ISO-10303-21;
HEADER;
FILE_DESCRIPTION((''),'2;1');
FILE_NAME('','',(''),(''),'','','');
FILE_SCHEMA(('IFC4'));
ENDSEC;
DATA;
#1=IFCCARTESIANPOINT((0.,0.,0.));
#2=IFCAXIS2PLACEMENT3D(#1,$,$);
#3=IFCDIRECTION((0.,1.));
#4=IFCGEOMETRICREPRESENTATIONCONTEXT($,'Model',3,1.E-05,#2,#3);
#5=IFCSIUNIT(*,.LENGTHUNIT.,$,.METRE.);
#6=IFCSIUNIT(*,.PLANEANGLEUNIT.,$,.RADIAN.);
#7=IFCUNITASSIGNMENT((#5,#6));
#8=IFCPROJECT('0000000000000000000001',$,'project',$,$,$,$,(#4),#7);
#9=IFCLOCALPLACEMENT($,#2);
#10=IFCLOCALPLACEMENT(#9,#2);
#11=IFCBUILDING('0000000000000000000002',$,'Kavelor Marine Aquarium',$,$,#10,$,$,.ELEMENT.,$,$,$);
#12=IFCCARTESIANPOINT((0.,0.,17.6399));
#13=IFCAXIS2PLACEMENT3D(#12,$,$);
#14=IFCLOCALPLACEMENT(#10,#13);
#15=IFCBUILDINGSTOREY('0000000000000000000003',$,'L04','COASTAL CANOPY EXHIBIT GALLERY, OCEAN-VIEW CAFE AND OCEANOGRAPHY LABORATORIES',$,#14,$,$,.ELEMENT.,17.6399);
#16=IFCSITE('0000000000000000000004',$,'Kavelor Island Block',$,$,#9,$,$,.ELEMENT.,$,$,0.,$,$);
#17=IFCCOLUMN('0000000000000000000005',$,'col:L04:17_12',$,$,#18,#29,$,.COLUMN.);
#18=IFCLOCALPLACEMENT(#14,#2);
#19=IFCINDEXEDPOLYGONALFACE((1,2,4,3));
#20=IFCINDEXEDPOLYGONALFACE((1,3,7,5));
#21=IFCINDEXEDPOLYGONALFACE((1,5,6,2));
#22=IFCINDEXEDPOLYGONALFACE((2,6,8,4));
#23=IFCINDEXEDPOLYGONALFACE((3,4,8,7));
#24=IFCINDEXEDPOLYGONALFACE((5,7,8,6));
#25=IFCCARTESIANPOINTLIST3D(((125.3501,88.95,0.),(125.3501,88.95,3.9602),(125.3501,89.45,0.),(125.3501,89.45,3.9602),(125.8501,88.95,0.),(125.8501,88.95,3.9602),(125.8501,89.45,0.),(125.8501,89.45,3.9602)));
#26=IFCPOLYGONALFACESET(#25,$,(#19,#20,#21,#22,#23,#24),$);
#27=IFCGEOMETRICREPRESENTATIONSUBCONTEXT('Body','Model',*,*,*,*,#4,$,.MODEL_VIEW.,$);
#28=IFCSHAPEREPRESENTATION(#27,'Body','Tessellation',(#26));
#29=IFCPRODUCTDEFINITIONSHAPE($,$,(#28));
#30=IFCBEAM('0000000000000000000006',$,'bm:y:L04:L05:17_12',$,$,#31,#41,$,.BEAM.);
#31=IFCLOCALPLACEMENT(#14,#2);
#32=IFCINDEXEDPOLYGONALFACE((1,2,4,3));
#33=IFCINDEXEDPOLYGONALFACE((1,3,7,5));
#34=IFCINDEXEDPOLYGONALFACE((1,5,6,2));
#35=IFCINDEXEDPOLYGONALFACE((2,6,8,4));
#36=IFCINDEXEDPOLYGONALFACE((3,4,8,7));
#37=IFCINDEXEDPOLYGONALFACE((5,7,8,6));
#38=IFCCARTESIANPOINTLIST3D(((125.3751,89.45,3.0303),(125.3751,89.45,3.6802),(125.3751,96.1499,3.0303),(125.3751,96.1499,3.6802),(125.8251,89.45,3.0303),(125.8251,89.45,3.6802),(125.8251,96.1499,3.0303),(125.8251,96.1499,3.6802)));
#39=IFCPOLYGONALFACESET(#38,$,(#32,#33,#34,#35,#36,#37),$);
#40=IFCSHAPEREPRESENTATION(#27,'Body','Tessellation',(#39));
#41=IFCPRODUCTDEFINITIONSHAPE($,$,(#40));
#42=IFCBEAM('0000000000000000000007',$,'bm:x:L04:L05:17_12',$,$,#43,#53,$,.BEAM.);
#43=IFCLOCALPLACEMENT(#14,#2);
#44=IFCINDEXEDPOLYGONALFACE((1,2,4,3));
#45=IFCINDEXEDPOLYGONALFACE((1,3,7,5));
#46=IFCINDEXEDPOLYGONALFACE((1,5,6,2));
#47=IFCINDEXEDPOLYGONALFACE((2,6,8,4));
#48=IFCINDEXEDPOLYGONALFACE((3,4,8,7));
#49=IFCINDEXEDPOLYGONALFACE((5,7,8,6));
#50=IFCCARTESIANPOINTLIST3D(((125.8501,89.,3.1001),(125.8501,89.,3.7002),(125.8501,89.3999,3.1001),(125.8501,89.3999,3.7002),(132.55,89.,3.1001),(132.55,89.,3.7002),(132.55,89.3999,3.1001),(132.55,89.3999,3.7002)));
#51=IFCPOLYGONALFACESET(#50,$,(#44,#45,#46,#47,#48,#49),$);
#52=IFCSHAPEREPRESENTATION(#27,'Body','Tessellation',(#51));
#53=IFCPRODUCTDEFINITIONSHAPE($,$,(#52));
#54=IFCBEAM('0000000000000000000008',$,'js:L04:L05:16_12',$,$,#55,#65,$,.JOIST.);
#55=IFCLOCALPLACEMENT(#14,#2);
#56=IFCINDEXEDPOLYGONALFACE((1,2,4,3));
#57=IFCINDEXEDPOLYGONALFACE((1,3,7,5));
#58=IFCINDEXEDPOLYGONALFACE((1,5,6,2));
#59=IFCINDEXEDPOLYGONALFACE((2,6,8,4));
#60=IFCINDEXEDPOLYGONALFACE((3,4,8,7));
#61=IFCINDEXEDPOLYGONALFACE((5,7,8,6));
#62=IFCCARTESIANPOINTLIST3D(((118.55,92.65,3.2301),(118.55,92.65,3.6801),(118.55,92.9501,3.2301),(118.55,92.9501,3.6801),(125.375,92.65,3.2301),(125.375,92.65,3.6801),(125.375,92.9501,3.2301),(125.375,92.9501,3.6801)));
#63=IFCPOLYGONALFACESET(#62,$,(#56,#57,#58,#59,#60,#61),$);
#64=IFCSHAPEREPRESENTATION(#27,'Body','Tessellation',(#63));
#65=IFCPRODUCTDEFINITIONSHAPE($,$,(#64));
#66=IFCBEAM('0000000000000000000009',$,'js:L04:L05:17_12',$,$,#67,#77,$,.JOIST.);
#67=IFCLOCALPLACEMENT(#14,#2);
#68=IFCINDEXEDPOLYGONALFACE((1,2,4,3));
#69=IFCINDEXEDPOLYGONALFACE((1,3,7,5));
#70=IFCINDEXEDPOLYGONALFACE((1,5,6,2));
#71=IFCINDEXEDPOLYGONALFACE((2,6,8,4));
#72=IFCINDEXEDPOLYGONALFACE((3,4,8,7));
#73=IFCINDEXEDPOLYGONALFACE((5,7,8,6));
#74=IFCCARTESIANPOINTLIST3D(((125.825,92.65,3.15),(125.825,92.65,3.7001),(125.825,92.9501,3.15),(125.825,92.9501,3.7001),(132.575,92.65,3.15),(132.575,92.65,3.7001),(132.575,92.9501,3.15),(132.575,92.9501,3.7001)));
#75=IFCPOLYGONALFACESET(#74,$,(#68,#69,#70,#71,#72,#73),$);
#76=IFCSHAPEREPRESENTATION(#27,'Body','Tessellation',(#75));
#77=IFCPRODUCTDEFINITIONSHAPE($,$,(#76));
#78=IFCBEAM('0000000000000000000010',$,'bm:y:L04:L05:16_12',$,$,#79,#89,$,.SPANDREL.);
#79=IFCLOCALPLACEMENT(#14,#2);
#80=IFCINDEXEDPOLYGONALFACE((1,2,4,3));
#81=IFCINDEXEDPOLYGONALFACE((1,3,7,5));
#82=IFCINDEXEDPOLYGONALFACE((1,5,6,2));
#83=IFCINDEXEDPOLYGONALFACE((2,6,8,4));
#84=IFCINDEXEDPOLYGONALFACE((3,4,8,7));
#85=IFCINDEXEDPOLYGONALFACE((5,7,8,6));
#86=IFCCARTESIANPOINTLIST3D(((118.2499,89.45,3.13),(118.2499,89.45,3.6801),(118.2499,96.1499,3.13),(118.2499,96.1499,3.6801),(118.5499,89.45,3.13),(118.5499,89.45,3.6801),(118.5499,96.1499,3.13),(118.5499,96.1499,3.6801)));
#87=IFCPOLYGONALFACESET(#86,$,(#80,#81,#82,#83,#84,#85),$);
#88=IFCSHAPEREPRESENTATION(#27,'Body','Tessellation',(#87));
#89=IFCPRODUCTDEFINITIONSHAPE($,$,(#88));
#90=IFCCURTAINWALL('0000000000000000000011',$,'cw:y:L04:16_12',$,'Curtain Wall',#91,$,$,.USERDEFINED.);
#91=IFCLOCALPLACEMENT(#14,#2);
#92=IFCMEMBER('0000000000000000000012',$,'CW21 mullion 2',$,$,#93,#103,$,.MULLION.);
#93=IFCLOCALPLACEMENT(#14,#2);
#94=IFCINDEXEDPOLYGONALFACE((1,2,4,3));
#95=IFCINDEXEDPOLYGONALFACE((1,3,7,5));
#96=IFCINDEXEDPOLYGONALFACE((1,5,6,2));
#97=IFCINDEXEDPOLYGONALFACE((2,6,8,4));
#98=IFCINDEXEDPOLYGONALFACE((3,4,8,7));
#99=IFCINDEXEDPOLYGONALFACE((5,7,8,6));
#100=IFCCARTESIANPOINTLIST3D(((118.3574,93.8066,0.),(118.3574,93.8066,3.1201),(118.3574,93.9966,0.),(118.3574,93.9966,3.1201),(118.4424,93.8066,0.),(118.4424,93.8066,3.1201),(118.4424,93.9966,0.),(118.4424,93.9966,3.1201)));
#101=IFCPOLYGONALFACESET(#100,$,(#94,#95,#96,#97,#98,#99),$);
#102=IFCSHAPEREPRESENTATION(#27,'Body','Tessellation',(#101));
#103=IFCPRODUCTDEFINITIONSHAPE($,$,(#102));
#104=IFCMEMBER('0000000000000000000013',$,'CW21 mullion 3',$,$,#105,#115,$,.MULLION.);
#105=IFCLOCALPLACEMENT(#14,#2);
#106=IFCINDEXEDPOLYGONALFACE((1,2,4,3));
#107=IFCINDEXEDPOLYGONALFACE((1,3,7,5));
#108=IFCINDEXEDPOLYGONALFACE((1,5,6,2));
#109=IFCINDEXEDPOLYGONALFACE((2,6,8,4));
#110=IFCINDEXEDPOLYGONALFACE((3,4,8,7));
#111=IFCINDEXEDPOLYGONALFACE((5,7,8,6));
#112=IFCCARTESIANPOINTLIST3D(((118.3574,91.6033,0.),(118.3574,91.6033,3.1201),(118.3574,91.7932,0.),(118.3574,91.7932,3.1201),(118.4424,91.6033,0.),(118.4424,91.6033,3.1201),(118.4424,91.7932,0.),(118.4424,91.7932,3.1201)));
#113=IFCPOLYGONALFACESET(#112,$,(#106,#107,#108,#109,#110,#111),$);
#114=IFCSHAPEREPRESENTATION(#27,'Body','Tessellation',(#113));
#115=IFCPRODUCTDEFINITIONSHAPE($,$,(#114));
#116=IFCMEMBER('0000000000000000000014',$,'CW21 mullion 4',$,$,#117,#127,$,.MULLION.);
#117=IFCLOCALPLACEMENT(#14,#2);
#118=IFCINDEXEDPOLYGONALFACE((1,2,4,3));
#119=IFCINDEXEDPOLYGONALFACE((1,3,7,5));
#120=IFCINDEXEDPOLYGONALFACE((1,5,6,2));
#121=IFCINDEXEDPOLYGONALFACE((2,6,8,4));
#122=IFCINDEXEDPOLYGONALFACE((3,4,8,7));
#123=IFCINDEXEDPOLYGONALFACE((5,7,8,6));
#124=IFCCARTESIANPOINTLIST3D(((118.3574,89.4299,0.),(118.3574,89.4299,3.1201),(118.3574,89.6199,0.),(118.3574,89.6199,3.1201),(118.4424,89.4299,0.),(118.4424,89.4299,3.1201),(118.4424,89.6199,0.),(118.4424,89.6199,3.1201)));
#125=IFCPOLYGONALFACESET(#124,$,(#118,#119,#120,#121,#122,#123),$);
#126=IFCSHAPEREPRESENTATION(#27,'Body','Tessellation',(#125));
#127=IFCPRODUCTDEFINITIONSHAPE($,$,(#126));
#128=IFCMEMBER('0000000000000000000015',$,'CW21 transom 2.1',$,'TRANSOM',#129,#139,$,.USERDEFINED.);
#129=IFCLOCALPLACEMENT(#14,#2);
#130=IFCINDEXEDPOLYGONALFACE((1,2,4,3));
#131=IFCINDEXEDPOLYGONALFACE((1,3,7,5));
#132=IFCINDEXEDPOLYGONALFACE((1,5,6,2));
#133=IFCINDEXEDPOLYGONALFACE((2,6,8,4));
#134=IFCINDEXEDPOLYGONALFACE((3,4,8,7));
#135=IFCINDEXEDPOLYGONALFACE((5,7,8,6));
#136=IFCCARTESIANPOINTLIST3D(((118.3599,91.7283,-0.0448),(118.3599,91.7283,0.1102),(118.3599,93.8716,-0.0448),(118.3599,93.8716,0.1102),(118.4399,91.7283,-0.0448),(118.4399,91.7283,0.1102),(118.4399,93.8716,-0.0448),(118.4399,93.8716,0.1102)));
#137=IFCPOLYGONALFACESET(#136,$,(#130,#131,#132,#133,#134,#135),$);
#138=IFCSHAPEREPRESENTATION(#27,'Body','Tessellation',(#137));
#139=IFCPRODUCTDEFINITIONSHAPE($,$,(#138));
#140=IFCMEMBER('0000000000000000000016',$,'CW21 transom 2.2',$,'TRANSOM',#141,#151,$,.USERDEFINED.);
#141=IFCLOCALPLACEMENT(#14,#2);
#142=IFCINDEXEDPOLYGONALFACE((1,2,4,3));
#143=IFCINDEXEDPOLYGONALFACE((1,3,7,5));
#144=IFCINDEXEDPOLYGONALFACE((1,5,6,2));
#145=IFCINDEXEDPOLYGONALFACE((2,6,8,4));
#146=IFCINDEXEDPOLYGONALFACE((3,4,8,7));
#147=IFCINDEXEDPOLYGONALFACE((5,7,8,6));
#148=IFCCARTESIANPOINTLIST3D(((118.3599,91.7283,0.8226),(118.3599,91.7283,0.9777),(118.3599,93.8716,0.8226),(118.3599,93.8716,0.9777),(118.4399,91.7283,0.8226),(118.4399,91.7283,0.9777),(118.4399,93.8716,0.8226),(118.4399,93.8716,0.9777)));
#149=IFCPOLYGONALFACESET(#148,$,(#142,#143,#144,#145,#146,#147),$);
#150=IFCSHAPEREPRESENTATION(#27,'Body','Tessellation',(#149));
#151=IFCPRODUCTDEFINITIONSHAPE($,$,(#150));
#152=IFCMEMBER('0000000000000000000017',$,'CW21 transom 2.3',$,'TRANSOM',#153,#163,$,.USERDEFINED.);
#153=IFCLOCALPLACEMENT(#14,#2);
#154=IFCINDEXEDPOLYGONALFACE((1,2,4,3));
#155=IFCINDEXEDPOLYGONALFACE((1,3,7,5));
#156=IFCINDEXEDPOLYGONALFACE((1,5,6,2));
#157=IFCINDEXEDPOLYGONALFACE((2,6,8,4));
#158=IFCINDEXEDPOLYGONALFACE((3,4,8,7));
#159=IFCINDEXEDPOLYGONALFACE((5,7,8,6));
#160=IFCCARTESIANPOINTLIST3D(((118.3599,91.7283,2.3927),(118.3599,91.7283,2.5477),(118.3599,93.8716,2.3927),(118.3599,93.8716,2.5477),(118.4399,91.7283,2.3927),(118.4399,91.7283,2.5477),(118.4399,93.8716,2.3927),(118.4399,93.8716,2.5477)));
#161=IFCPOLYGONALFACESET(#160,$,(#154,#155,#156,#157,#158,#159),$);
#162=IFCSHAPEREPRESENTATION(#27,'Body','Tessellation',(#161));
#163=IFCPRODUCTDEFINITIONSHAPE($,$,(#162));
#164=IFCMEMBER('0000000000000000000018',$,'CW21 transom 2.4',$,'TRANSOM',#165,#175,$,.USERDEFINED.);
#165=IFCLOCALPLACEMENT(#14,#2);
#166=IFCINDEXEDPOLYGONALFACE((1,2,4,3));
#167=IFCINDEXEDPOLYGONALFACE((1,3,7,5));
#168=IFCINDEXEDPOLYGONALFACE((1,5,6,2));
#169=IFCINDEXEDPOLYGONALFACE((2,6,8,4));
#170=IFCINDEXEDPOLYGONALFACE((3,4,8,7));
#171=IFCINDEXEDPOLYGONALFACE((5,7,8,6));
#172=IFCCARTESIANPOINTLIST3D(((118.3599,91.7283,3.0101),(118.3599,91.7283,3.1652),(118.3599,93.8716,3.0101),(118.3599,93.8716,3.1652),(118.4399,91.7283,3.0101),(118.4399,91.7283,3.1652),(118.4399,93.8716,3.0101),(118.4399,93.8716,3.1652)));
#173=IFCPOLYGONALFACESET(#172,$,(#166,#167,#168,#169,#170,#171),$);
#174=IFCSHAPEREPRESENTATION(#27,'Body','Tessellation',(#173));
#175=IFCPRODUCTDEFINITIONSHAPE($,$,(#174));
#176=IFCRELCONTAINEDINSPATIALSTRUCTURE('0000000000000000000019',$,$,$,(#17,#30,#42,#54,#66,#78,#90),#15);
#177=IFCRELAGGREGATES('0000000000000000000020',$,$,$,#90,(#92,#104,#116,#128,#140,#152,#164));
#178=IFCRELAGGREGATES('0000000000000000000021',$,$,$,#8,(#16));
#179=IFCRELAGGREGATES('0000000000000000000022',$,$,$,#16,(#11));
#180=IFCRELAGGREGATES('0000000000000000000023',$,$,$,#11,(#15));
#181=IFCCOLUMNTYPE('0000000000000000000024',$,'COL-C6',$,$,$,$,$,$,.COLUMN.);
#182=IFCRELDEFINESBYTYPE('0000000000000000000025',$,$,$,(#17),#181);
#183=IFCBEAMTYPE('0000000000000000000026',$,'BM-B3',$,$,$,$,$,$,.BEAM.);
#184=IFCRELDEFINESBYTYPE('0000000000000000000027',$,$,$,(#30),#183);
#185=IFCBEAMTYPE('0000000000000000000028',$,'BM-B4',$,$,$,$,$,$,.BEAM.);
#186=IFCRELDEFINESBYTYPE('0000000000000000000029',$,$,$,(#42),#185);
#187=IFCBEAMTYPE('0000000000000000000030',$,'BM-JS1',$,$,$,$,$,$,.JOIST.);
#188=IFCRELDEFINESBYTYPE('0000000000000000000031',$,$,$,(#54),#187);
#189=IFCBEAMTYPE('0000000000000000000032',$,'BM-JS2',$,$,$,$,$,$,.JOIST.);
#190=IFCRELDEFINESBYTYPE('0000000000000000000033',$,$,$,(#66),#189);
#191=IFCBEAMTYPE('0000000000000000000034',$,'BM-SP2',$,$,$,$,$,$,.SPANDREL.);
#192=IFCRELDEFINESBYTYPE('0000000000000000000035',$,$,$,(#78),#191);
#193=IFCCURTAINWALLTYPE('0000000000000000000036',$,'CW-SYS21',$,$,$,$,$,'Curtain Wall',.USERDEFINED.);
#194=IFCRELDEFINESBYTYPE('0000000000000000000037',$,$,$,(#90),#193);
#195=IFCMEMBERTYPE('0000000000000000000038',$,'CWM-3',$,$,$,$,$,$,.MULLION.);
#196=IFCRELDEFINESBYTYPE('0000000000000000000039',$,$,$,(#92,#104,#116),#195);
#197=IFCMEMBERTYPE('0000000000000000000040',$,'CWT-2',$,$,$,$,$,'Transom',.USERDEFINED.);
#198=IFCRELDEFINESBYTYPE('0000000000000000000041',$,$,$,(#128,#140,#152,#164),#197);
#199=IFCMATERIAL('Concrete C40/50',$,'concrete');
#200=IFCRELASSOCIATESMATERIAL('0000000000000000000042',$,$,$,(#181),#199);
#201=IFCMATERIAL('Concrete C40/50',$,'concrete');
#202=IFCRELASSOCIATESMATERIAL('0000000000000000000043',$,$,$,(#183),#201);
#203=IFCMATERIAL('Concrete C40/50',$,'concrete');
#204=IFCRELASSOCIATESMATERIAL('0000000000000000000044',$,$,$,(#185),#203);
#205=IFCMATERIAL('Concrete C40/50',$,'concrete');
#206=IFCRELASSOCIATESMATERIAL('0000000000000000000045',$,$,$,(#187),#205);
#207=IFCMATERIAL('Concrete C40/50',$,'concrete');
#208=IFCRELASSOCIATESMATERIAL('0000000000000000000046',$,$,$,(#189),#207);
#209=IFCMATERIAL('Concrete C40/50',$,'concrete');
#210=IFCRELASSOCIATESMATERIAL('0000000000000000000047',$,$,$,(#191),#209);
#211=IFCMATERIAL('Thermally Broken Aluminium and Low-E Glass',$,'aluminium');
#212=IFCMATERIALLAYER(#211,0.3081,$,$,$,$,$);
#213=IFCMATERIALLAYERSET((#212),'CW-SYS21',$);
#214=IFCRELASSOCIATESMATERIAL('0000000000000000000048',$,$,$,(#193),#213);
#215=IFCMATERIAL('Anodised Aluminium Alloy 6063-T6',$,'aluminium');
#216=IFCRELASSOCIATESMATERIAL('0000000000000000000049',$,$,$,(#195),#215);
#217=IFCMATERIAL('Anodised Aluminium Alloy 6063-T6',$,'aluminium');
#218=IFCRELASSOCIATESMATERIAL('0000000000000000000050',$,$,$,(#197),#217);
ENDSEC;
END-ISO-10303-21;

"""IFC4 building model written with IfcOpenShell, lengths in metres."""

from ifc_helpers import new_model, si_unit, direction, frame, origin, origin_2d, place, context, subcontext, project, spatial, rectangle, extrude, material, layer, layer_set, material_profile, profile_set, type_object, element, aggregate, save


model = new_model("IFC4")

# Units and contexts
model_context = context("Model", 3, precision=1e-05, world=origin(), true_north=direction((0.0, 1.0)))
body_context = subcontext(model_context, "Body", "Model", "MODEL_VIEW")
ifc_project = project(units=[si_unit("LENGTHUNIT", "METRE"), si_unit("PLANEANGLEUNIT", "RADIAN")], contexts=[model_context])

# Site, building, storey
site_placement = place(None, origin())
site = spatial("IfcSite", under=ifc_project, at=site_placement, Name="Kavelor Island Block", CompositionType="ELEMENT", RefElevation=0.0)
building_placement = place(site_placement, origin())
building = spatial("IfcBuilding", under=site, at=building_placement, Name="Kavelor Marine Aquarium", CompositionType="ELEMENT")
storey_placement = place(building_placement, frame((0.0, 0.0, 17.6399)))
storey = spatial("IfcBuildingStorey", under=building, at=storey_placement, Name="L04", Description="COASTAL CANOPY EXHIBIT GALLERY, OCEAN-VIEW CAFE AND OCEANOGRAPHY LABORATORIES", CompositionType="ELEMENT", Elevation=17.6399)

# Column
ifc_material_1 = material(Name="Concrete C40/50", Category="concrete")
ifc_material_profile_1 = material_profile(ifc_material_1, rectangle(XDim=0.5, YDim=0.5, at=origin_2d()), Name="RC-COL 500x500")
ifc_profile_set_1 = profile_set([ifc_material_profile_1], Name="Concrete C40/50")
column_type = type_object("IfcColumnType", Name="COL-C6", PredefinedType="COLUMN", material=ifc_profile_set_1)
column_placement = place(storey_placement, frame((125.6001, 89.2, 0.0), z_axis=(0.0, 0.0, 1.0), x_axis=(1.0, 0.0, 0.0)))
element("IfcColumn", 1, at=column_placement, inside=storey, type_object=column_type, Name="col:L04:17_12", PredefinedType="COLUMN", context=body_context, shape_type="SweptSolid", body=[
    extrude(rectangle(XDim=0.5, YDim=0.5, at=origin_2d()), origin(), (0.0, 0.0, 1.0), 3.9602),
])

# Beams
ifc_material_2 = material(Name="Concrete C40/50", Category="concrete")
ifc_material_profile_2 = material_profile(ifc_material_2, rectangle(XDim=0.45, YDim=0.6499, at=origin_2d()), Name="RC-BM 450x650")
ifc_profile_set_2 = profile_set([ifc_material_profile_2], Name="Concrete C40/50")
beam_type_1 = type_object("IfcBeamType", Name="BM-B3", PredefinedType="BEAM", material=ifc_profile_set_2)
beam_1_placement = place(storey_placement, frame((125.6001, 89.45, 3.3552), z_axis=(0.0, 1.0, 0.0), x_axis=(-1.0, 0.0, 0.0)))
element("IfcBeam", 2, at=beam_1_placement, inside=storey, type_object=beam_type_1, Name="bm:y:L04:L05:17_12", PredefinedType="BEAM", context=body_context, shape_type="SweptSolid", body=[
    extrude(rectangle(XDim=0.45, YDim=0.6499, at=origin_2d()), origin(), (0.0, 0.0, 1.0), 6.7),
])
ifc_material_3 = material(Name="Concrete C40/50", Category="concrete")
ifc_material_profile_3 = material_profile(ifc_material_3, rectangle(XDim=0.3999, YDim=0.6001, at=origin_2d()), Name="RC-BM 400x600")
ifc_profile_set_3 = profile_set([ifc_material_profile_3], Name="Concrete C40/50")
beam_type_2 = type_object("IfcBeamType", Name="BM-B4", PredefinedType="BEAM", material=ifc_profile_set_3)
beam_2_placement = place(storey_placement, frame((125.8501, 89.2, 3.4001), z_axis=(1.0, 0.0, 0.0), x_axis=(0.0, 1.0, 0.0)))
element("IfcBeam", 3, at=beam_2_placement, inside=storey, type_object=beam_type_2, Name="bm:x:L04:L05:17_12", PredefinedType="BEAM", context=body_context, shape_type="SweptSolid", body=[
    extrude(rectangle(XDim=0.3999, YDim=0.6001, at=origin_2d()), origin(), (0.0, 0.0, 1.0), 6.7),
])
ifc_material_4 = material(Name="Concrete C40/50", Category="concrete")
ifc_material_profile_4 = material_profile(ifc_material_4, rectangle(XDim=0.3, YDim=0.45, at=origin_2d()), Name="RC-JS 300x450")
ifc_profile_set_4 = profile_set([ifc_material_profile_4], Name="Concrete C40/50")
beam_type_3 = type_object("IfcBeamType", Name="BM-JS1", PredefinedType="JOIST", material=ifc_profile_set_4)
beam_3_placement = place(storey_placement, frame((118.55, 92.8, 3.4551), z_axis=(1.0, 0.0, 0.0), x_axis=(0.0, 1.0, 0.0)))
element("IfcBeam", 4, at=beam_3_placement, inside=storey, type_object=beam_type_3, Name="js:L04:L05:16_12", PredefinedType="JOIST", context=body_context, shape_type="SweptSolid", body=[
    extrude(rectangle(XDim=0.3, YDim=0.45, at=origin_2d()), origin(), (0.0, 0.0, 1.0), 6.825),
])
ifc_material_5 = material(Name="Concrete C40/50", Category="concrete")
ifc_material_profile_5 = material_profile(ifc_material_5, rectangle(XDim=0.3, YDim=0.55, at=origin_2d()), Name="RC-JS 300x550")
ifc_profile_set_5 = profile_set([ifc_material_profile_5], Name="Concrete C40/50")
beam_type_4 = type_object("IfcBeamType", Name="BM-JS2", PredefinedType="JOIST", material=ifc_profile_set_5)
beam_4_placement = place(storey_placement, frame((125.825, 92.8, 3.425), z_axis=(1.0, 0.0, 0.0), x_axis=(0.0, 1.0, 0.0)))
element("IfcBeam", 5, at=beam_4_placement, inside=storey, type_object=beam_type_4, Name="js:L04:L05:17_12", PredefinedType="JOIST", context=body_context, shape_type="SweptSolid", body=[
    extrude(rectangle(XDim=0.3, YDim=0.55, at=origin_2d()), origin(), (0.0, 0.0, 1.0), 6.75),
])
ifc_material_6 = material(Name="Concrete C40/50", Category="concrete")
ifc_material_profile_6 = material_profile(ifc_material_6, rectangle(XDim=0.3, YDim=0.55, at=origin_2d()), Name="RC-SP 300x550")
ifc_profile_set_6 = profile_set([ifc_material_profile_6], Name="Concrete C40/50")
beam_type_5 = type_object("IfcBeamType", Name="BM-SP2", PredefinedType="SPANDREL", material=ifc_profile_set_6)
beam_5_placement = place(storey_placement, frame((118.3999, 89.45, 3.405), z_axis=(0.0, 1.0, 0.0), x_axis=(-1.0, 0.0, 0.0)))
element("IfcBeam", 6, at=beam_5_placement, inside=storey, type_object=beam_type_5, Name="bm:y:L04:L05:16_12", PredefinedType="SPANDREL", context=body_context, shape_type="SweptSolid", body=[
    extrude(rectangle(XDim=0.3, YDim=0.55, at=origin_2d()), origin(), (0.0, 0.0, 1.0), 6.7),
])

# Curtain wall, members
ifc_material_7 = material(Name="Thermally Broken Aluminium and Low-E Glass", Category="aluminium")
ifc_layer_1 = layer(ifc_material_7, 0.3081)
ifc_layer_set_1 = layer_set([ifc_layer_1], Name="CW-SYS21")
curtain_wall_type = type_object("IfcCurtainWallType", Name="CW-SYS21", ElementType="Curtain Wall", PredefinedType="USERDEFINED", material=ifc_layer_set_1)
curtain_wall_placement = place(storey_placement, origin())
curtain_wall = element("IfcCurtainWall", 7, at=curtain_wall_placement, inside=storey, type_object=curtain_wall_type, Name="cw:y:L04:16_12", ObjectType="Curtain Wall", PredefinedType="USERDEFINED")
ifc_material_8 = material(Name="Anodised Aluminium Alloy 6063-T6", Category="aluminium")
ifc_material_profile_7 = material_profile(ifc_material_8, rectangle(XDim=0.085, YDim=0.1899, at=origin_2d()), Name="CW-MUL 85x190")
ifc_profile_set_7 = profile_set([ifc_material_profile_7], Name="Anodised Aluminium Alloy 6063-T6")
member_type_1 = type_object("IfcMemberType", Name="CWM-3", PredefinedType="MULLION", material=ifc_profile_set_7)
member_1_placement = place(storey_placement, frame((118.3999, 93.9016, 0.0), z_axis=(0.0, 0.0, 1.0), x_axis=(1.0, 0.0, 0.0)))
member_1 = element("IfcMember", 8, at=member_1_placement, type_object=member_type_1, Name="CW21 mullion 2", PredefinedType="MULLION", context=body_context, shape_type="SweptSolid", body=[
    extrude(rectangle(XDim=0.085, YDim=0.1899, at=origin_2d()), origin(), (0.0, 0.0, 1.0), 3.1201),
])
member_2_placement = place(storey_placement, frame((118.3999, 91.6982, 0.0), z_axis=(0.0, 0.0, 1.0), x_axis=(1.0, 0.0, 0.0)))
member_2 = element("IfcMember", 9, at=member_2_placement, type_object=member_type_1, Name="CW21 mullion 3", PredefinedType="MULLION", context=body_context, shape_type="SweptSolid", body=[
    extrude(rectangle(XDim=0.085, YDim=0.1899, at=origin_2d()), origin(), (0.0, 0.0, 1.0), 3.1201),
])
member_3_placement = place(storey_placement, frame((118.3999, 89.5249, 0.0), z_axis=(0.0, 0.0, 1.0), x_axis=(1.0, 0.0, 0.0)))
member_3 = element("IfcMember", 10, at=member_3_placement, type_object=member_type_1, Name="CW21 mullion 4", PredefinedType="MULLION", context=body_context, shape_type="SweptSolid", body=[
    extrude(rectangle(XDim=0.085, YDim=0.1899, at=origin_2d()), origin(), (0.0, 0.0, 1.0), 3.1201),
])
ifc_material_9 = material(Name="Anodised Aluminium Alloy 6063-T6", Category="aluminium")
ifc_material_profile_8 = material_profile(ifc_material_9, rectangle(XDim=0.0801, YDim=0.155, at=origin_2d()), Name="CW-TRN 80x155")
ifc_profile_set_8 = profile_set([ifc_material_profile_8], Name="Anodised Aluminium Alloy 6063-T6")
member_type_2 = type_object("IfcMemberType", Name="CWT-2", ElementType="Transom", PredefinedType="USERDEFINED", material=ifc_profile_set_8)
member_4_placement = place(storey_placement, frame((118.3999, 93.8716, 0.0327), z_axis=(0.0, -1.0, 0.0), x_axis=(1.0, 0.0, 0.0)))
member_4 = element("IfcMember", 11, at=member_4_placement, type_object=member_type_2, Name="CW21 transom 2.1", ObjectType="TRANSOM", PredefinedType="USERDEFINED", context=body_context, shape_type="SweptSolid", body=[
    extrude(rectangle(XDim=0.0801, YDim=0.155, at=origin_2d()), origin(), (0.0, 0.0, 1.0), 2.1433),
])
member_5_placement = place(storey_placement, frame((118.3999, 93.8716, 0.9001), z_axis=(0.0, -1.0, 0.0), x_axis=(1.0, 0.0, 0.0)))
member_5 = element("IfcMember", 12, at=member_5_placement, type_object=member_type_2, Name="CW21 transom 2.2", ObjectType="TRANSOM", PredefinedType="USERDEFINED", context=body_context, shape_type="SweptSolid", body=[
    extrude(rectangle(XDim=0.0801, YDim=0.155, at=origin_2d()), origin(), (0.0, 0.0, 1.0), 2.1433),
])
member_6_placement = place(storey_placement, frame((118.3999, 93.8716, 2.4702), z_axis=(0.0, -1.0, 0.0), x_axis=(1.0, 0.0, 0.0)))
member_6 = element("IfcMember", 13, at=member_6_placement, type_object=member_type_2, Name="CW21 transom 2.3", ObjectType="TRANSOM", PredefinedType="USERDEFINED", context=body_context, shape_type="SweptSolid", body=[
    extrude(rectangle(XDim=0.0801, YDim=0.155, at=origin_2d()), origin(), (0.0, 0.0, 1.0), 2.1433),
])
member_7_placement = place(storey_placement, frame((118.3999, 93.8716, 3.0876), z_axis=(0.0, -1.0, 0.0), x_axis=(1.0, 0.0, 0.0)))
member_7 = element("IfcMember", 14, at=member_7_placement, type_object=member_type_2, Name="CW21 transom 2.4", ObjectType="TRANSOM", PredefinedType="USERDEFINED", context=body_context, shape_type="SweptSolid", body=[
    extrude(rectangle(XDim=0.0801, YDim=0.155, at=origin_2d()), origin(), (0.0, 0.0, 1.0), 2.1433),
])
aggregate(curtain_wall, [member_1, member_2, member_3, member_4, member_5, member_6, member_7])

save(model, "model.ifc")
